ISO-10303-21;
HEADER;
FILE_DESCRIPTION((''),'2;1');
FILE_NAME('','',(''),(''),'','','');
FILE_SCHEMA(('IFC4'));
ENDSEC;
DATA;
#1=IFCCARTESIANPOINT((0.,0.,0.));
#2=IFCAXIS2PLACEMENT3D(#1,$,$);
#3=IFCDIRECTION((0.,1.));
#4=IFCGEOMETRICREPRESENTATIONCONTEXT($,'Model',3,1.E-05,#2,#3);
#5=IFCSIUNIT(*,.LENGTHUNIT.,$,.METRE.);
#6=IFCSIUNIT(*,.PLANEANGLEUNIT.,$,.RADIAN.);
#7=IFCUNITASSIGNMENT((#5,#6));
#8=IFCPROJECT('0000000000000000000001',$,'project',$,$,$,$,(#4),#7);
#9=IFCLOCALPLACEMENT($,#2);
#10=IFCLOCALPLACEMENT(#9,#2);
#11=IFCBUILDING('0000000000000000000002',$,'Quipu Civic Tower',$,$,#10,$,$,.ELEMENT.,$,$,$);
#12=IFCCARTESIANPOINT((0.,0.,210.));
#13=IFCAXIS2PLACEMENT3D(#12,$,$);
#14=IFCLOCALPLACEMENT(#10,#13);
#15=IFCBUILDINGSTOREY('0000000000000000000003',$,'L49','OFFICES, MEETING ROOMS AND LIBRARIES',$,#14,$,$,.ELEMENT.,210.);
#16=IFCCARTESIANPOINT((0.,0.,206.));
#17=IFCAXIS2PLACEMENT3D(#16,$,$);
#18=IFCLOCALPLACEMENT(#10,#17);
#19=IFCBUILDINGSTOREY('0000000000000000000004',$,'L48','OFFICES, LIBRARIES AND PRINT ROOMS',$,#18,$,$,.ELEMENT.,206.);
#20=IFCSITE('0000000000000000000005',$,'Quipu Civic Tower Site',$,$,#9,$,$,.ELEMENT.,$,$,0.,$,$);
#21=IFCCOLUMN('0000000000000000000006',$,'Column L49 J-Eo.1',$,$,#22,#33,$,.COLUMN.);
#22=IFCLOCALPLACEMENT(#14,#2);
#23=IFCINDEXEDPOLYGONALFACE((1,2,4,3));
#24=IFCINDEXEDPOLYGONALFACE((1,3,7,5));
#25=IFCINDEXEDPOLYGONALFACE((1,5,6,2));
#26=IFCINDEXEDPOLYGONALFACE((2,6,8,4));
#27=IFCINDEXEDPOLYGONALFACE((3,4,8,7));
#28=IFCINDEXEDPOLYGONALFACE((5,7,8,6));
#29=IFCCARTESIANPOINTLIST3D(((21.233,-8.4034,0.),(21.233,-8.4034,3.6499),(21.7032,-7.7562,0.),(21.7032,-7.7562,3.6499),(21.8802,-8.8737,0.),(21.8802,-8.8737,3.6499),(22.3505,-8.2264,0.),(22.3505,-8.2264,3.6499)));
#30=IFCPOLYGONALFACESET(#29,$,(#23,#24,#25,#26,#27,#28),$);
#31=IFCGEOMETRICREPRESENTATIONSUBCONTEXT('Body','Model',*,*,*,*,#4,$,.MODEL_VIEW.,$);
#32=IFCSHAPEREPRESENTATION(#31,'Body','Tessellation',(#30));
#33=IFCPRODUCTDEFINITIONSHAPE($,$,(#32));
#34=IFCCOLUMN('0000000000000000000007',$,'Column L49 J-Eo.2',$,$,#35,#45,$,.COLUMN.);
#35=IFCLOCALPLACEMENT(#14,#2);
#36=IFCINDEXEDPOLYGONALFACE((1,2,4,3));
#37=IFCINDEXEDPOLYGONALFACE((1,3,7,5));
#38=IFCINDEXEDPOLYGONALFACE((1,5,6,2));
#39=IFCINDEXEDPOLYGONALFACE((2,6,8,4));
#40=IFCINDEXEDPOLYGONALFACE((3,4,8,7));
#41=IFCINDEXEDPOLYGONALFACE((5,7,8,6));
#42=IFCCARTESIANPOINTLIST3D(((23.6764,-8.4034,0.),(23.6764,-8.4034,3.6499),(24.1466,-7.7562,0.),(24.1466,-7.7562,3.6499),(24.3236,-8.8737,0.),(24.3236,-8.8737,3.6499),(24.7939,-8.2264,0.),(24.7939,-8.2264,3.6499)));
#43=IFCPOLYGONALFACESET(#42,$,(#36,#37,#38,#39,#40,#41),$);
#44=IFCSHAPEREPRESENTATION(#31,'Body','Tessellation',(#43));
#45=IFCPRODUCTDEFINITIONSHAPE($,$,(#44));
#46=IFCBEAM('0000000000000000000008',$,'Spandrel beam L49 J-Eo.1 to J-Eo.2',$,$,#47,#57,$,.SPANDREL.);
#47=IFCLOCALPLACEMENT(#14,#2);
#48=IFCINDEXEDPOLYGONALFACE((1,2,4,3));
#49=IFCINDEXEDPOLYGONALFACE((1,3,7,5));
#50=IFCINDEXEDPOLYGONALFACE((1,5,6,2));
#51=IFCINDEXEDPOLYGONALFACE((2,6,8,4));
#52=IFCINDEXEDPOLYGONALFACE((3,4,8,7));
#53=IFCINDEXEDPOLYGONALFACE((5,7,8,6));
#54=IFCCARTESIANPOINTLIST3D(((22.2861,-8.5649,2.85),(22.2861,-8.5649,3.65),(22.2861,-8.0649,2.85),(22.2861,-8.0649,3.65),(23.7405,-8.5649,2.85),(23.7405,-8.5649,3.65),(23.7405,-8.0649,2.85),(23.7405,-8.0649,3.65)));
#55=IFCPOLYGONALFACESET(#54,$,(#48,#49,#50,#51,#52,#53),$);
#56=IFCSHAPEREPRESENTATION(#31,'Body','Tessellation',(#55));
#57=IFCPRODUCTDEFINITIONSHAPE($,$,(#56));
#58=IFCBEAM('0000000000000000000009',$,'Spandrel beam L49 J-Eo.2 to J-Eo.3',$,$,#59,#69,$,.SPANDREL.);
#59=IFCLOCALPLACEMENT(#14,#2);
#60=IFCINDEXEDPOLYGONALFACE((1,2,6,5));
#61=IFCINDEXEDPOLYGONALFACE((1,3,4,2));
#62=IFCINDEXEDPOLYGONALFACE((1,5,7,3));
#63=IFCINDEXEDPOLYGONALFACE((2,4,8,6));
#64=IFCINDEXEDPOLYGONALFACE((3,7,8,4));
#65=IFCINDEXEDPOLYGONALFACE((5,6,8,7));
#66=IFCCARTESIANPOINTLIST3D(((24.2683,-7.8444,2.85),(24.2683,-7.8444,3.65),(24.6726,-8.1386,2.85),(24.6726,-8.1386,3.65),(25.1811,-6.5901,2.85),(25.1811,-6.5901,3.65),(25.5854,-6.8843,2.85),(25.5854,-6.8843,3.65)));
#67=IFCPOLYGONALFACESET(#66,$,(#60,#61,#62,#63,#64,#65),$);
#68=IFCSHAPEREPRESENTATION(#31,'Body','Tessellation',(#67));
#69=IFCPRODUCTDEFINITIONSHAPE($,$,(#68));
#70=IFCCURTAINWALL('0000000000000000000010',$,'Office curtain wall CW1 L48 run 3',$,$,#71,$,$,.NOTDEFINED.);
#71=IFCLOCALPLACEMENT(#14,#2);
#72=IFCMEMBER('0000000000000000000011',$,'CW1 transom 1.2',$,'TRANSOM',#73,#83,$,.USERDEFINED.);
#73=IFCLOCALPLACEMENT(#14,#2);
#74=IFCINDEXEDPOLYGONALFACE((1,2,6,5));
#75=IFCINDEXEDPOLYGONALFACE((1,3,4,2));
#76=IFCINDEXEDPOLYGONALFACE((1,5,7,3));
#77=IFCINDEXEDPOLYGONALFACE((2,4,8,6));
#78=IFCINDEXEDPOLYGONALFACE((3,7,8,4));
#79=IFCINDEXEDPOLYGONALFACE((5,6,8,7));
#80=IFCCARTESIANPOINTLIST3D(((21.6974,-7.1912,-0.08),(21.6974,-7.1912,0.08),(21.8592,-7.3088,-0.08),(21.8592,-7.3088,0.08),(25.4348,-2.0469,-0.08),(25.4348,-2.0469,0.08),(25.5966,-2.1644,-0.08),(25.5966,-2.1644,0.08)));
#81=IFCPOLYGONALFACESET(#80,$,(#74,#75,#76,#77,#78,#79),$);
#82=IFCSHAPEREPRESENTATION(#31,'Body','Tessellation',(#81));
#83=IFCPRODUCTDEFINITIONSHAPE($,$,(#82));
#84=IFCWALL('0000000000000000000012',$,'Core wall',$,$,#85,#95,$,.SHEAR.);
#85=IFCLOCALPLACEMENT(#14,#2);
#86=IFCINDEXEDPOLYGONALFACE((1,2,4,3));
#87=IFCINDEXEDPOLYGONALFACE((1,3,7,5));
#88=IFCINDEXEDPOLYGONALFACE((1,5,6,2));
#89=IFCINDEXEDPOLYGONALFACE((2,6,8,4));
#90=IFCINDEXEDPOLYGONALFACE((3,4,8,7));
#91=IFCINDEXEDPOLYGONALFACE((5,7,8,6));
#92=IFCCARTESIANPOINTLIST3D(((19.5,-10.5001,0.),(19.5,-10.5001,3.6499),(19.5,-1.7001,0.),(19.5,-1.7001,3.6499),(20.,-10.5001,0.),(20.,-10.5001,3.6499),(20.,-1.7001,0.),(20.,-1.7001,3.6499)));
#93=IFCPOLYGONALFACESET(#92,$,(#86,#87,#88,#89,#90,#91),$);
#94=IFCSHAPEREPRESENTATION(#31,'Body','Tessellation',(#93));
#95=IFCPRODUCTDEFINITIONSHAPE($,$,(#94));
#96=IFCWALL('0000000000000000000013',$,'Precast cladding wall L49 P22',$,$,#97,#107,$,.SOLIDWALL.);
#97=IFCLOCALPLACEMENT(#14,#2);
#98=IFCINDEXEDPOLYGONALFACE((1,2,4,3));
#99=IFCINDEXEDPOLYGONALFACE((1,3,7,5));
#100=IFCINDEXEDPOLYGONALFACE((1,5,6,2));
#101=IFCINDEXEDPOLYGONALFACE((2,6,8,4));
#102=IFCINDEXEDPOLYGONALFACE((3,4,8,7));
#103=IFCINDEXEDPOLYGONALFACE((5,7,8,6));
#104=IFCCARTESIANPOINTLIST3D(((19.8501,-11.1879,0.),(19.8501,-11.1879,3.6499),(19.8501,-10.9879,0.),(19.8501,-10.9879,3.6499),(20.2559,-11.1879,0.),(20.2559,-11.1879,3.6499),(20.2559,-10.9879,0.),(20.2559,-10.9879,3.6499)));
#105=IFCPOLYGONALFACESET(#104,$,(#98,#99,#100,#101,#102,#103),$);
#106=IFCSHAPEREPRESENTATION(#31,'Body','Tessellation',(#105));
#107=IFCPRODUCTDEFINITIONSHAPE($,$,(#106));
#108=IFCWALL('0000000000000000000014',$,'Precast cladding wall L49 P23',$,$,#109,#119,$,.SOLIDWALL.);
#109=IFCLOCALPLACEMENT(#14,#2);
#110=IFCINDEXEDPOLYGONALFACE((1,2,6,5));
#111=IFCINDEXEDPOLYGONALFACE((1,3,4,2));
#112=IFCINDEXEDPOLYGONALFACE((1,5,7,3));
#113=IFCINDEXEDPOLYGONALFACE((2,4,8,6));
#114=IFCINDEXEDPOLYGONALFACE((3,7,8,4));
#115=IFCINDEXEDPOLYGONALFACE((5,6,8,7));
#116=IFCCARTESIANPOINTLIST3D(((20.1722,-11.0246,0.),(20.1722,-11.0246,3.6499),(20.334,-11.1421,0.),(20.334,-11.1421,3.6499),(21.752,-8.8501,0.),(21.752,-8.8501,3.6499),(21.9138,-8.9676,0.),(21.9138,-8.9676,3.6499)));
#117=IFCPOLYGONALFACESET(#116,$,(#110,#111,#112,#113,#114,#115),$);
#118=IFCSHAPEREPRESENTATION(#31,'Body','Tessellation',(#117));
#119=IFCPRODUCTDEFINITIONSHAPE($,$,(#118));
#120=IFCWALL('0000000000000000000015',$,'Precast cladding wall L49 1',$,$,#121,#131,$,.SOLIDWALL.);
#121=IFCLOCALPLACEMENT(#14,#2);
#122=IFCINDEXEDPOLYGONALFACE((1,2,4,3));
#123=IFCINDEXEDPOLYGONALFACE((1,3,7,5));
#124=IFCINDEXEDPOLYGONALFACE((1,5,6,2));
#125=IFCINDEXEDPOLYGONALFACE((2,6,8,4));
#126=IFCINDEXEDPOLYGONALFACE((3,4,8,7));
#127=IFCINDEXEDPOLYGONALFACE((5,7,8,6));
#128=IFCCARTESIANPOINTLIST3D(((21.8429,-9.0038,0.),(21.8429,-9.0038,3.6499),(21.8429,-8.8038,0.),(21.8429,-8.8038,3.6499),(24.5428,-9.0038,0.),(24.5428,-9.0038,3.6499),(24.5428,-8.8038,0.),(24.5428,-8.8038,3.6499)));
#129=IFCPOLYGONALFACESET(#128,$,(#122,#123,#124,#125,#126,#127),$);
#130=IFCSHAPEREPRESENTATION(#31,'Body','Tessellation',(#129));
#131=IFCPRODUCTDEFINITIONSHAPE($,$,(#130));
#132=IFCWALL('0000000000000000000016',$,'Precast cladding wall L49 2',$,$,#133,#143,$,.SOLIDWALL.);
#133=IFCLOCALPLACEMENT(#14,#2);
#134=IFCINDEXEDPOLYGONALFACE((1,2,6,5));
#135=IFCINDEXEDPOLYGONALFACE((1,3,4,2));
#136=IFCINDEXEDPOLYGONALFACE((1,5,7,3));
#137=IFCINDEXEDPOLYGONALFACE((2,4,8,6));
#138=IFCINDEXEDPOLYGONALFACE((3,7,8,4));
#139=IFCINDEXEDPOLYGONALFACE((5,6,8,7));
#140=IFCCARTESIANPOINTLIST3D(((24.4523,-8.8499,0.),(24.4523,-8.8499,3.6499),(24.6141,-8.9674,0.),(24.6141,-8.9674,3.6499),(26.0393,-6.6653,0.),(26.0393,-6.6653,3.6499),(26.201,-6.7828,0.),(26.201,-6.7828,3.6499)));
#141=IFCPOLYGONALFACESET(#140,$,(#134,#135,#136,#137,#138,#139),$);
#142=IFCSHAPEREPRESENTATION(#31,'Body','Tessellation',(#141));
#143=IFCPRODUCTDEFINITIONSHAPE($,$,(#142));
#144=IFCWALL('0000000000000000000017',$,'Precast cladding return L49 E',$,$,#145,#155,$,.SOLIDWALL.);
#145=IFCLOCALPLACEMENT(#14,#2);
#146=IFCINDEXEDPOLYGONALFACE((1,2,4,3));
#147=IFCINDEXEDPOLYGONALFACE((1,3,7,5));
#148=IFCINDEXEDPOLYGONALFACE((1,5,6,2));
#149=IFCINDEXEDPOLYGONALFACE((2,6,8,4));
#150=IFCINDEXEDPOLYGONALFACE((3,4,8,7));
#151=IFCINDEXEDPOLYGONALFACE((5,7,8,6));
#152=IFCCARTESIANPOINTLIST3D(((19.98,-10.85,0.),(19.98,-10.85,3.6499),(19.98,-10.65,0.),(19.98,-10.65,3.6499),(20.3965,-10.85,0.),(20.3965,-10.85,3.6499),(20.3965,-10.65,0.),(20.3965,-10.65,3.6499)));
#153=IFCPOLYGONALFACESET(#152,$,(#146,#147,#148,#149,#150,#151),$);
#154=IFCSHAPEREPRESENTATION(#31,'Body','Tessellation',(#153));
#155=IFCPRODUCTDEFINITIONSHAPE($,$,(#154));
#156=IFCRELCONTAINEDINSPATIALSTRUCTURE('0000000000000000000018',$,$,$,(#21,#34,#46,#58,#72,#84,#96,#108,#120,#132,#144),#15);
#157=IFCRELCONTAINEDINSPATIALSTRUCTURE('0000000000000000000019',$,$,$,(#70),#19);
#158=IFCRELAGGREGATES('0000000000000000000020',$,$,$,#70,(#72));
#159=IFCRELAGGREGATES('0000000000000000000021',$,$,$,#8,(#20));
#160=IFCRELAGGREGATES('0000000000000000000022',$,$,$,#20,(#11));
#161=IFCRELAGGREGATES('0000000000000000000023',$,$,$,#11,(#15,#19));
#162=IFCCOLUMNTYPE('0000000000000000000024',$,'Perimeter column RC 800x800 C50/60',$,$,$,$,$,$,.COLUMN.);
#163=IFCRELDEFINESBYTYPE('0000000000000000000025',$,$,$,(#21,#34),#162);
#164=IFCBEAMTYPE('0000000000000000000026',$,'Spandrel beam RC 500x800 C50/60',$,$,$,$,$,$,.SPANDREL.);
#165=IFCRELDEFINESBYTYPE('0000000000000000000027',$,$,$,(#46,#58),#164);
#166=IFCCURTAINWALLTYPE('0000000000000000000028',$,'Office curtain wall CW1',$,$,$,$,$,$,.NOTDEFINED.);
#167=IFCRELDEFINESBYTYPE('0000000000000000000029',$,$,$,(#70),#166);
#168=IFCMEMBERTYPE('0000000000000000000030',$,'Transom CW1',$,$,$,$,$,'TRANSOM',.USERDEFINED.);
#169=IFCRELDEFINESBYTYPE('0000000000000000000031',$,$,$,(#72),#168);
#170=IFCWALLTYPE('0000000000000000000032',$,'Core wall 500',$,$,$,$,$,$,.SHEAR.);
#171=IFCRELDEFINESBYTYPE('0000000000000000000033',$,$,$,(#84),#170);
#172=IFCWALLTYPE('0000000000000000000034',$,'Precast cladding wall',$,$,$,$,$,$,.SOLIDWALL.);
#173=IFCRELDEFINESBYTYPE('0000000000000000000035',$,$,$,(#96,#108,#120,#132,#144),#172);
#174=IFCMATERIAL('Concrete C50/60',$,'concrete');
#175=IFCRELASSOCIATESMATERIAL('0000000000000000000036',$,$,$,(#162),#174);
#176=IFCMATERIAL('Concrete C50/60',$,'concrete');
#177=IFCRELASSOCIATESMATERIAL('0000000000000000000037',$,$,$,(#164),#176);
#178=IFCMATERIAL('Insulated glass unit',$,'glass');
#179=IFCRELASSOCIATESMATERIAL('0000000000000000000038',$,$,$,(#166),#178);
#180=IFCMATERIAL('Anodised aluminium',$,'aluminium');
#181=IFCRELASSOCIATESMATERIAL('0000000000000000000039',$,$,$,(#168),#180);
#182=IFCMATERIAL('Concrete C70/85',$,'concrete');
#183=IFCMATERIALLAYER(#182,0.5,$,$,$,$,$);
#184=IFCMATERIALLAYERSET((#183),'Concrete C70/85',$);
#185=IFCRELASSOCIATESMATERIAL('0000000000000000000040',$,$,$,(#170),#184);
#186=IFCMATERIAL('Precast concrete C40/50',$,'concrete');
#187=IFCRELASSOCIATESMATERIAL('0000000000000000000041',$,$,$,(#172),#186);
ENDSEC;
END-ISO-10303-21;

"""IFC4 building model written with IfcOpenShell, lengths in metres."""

from ifc_helpers import new_model, si_unit, direction, frame, frame_2d, origin, origin_2d, place, context, subcontext, project, spatial, rectangle, extrude, material, layer, layer_set, material_profile, profile_set, type_object, element, aggregate, save


model = new_model("IFC4")

# Units and contexts
model_context = context("Model", 3, precision=1e-05, world=origin(), true_north=direction((0.0, 1.0)))
body_context = subcontext(model_context, "Body", "Model", "MODEL_VIEW")
ifc_project = project(units=[si_unit("LENGTHUNIT", "METRE"), si_unit("PLANEANGLEUNIT", "RADIAN")], contexts=[model_context])

# Site, building, storey
site_placement = place(None, origin())
site = spatial("IfcSite", under=ifc_project, at=site_placement, Name="Quipu Civic Tower Site", CompositionType="ELEMENT", RefElevation=0.0)
building_placement = place(site_placement, origin())
building = spatial("IfcBuilding", under=site, at=building_placement, Name="Quipu Civic Tower", CompositionType="ELEMENT")
storey_1_placement = place(building_placement, frame((0.0, 0.0, 210.0)))
storey_1 = spatial("IfcBuildingStorey", under=building, at=storey_1_placement, Name="L49", Description="OFFICES, MEETING ROOMS AND LIBRARIES", CompositionType="ELEMENT", Elevation=210.0)

# Columns
ifc_material_1 = material(Name="Concrete C50/60", Category="concrete")
ifc_material_profile_1 = material_profile(ifc_material_1, rectangle(XDim=0.8, YDim=0.8, at=origin_2d()), Name="RC800x800")
ifc_profile_set_1 = profile_set([ifc_material_profile_1], Name="Concrete C50/60")
column_type = type_object("IfcColumnType", Name="Perimeter column RC 800x800 C50/60", PredefinedType="COLUMN", material=ifc_profile_set_1)
for number, where, z_axis, x_axis, name in (
    (1, (21.7917, -8.3149, 0.0), (0.0, 0.0, 1.0), (0.587785, 0.809017, 0.0), "Column L49 J-Eo.1"),
    (2, (24.2351, -8.3149, 0.0), (0.0, 0.0, 1.0), (0.587785, 0.809017, 0.0), "Column L49 J-Eo.2"),
):
    element("IfcColumn", number, at=place(storey_1_placement, frame(where, z_axis=z_axis, x_axis=x_axis)), inside=storey_1, type_object=column_type, Name=name, PredefinedType="COLUMN", context=body_context, shape_type="SweptSolid", body=[
        extrude(rectangle(XDim=0.8, YDim=0.8, at=origin_2d()), origin(), (0.0, 0.0, 1.0), 3.6499),
    ])

# Beams
ifc_material_2 = material(Name="Concrete C50/60", Category="concrete")
ifc_material_profile_2 = material_profile(ifc_material_2, rectangle(XDim=0.5, YDim=0.8, at=origin_2d()), Name="RC500x800")
ifc_profile_set_2 = profile_set([ifc_material_profile_2], Name="Concrete C50/60")
beam_type = type_object("IfcBeamType", Name="Spandrel beam RC 500x800 C50/60", PredefinedType="SPANDREL", material=ifc_profile_set_2)
beam_1_placement = place(storey_1_placement, frame((22.2861, -8.3149, 3.25), z_axis=(1.0, 0.0, 0.0), x_axis=(0.0, 1.0, 0.0)))
element("IfcBeam", 3, at=beam_1_placement, inside=storey_1, type_object=beam_type, Name="Spandrel beam L49 J-Eo.1 to J-Eo.2", PredefinedType="SPANDREL", context=body_context, shape_type="SweptSolid", body=[
    extrude(rectangle(XDim=0.5, YDim=0.8, at=origin_2d()), origin(), (0.0, 0.0, 1.0), 1.4543),
])
beam_2_placement = place(storey_1_placement, frame((24.4705, -7.9915, 3.25), z_axis=(0.588406, 0.808566, 0.0), x_axis=(-0.808566, 0.588406, 0.0)))
element("IfcBeam", 4, at=beam_2_placement, inside=storey_1, type_object=beam_type, Name="Spandrel beam L49 J-Eo.2 to J-Eo.3", PredefinedType="SPANDREL", context=body_context, shape_type="SweptSolid", body=[
    extrude(rectangle(XDim=0.5, YDim=0.8, at=origin_2d()), origin(), (0.0, 0.0, 1.0), 1.5513),
])

# Shared definitions
storey_2_placement = place(building_placement, frame((0.0, 0.0, 206.0)))
storey_2 = spatial("IfcBuildingStorey", under=building, at=storey_2_placement, Name="L48", Description="OFFICES, LIBRARIES AND PRINT ROOMS", CompositionType="ELEMENT", Elevation=206.0)

# Curtain wall, member
ifc_material_3 = material(Name="Insulated glass unit", Category="glass")
curtain_wall_type = type_object("IfcCurtainWallType", Name="Office curtain wall CW1", PredefinedType="NOTDEFINED", material=ifc_material_3)
curtain_wall_placement = place(storey_2_placement, origin())
curtain_wall = element("IfcCurtainWall", 5, at=curtain_wall_placement, inside=storey_2, type_object=curtain_wall_type, Name="Office curtain wall CW1 L48 run 3", PredefinedType="NOTDEFINED")
ifc_material_4 = material(Name="Anodised aluminium", Category="aluminium")
ifc_material_profile_3 = material_profile(ifc_material_4, rectangle(XDim=0.2, YDim=0.1599, at=origin_2d()), Name="RECT 200x160")
ifc_profile_set_3 = profile_set([ifc_material_profile_3], Name="Anodised aluminium")
member_type = type_object("IfcMemberType", Name="Transom CW1", ElementType="TRANSOM", PredefinedType="USERDEFINED", material=ifc_profile_set_3)
member_placement = place(storey_1_placement, frame((21.7783, -7.25, 0.0), z_axis=(0.587761, 0.809035, 0.0), x_axis=(-0.809035, 0.587761, 0.0)))
member = element("IfcMember", 6, at=member_placement, inside=storey_1, type_object=member_type, Name="CW1 transom 1.2", ObjectType="TRANSOM", PredefinedType="USERDEFINED", context=body_context, shape_type="SweptSolid", body=[
    extrude(rectangle(XDim=0.2, YDim=0.1599, at=origin_2d()), origin(), (0.0, 0.0, 1.0), 6.3586),
])
aggregate(curtain_wall, [member])

# Walls
ifc_material_5 = material(Name="Concrete C70/85", Category="concrete")
ifc_layer = layer(ifc_material_5, 0.5)
ifc_layer_set = layer_set([ifc_layer], Name="Concrete C70/85")
wall_type_1 = type_object("IfcWallType", Name="Core wall 500", PredefinedType="SHEAR", material=ifc_layer_set)
wall_1_placement = place(storey_1_placement, frame((19.75, -10.5, 0.0), z_axis=(0.0, 0.0, 1.0), x_axis=(0.0, 1.0, 0.0)))
element("IfcWall", 7, at=wall_1_placement, inside=storey_1, type_object=wall_type_1, Name="Core wall", PredefinedType="SHEAR", context=body_context, shape_type="SweptSolid", body=[
    extrude(rectangle(XDim=8.8, YDim=0.5, at=frame_2d((4.3999, 0.0))), origin(), (0.0, 0.0, 1.0), 3.6499),
])
ifc_material_6 = material(Name="Precast concrete C40/50", Category="concrete")
wall_type_2 = type_object("IfcWallType", Name="Precast cladding wall", PredefinedType="SOLIDWALL", material=ifc_material_6)
wall_2_placement = place(storey_1_placement, frame((19.8501, -11.0879, 0.0), z_axis=(0.0, 0.0, 1.0), x_axis=(1.0, 0.0, 0.0)))
element("IfcWall", 8, at=wall_2_placement, inside=storey_1, type_object=wall_type_2, Name="Precast cladding wall L49 P22", PredefinedType="SOLIDWALL", context=body_context, shape_type="SweptSolid", body=[
    extrude(rectangle(XDim=0.4058, YDim=0.2, at=frame_2d((0.2029, 0.0))), origin(), (0.0, 0.0, 1.0), 3.6499),
])
wall_3_placement = place(storey_1_placement, frame((20.2532, -11.0833, 0.0), z_axis=(0.0, 0.0, 1.0), x_axis=(0.587767, 0.809031, 0.0)))
element("IfcWall", 9, at=wall_3_placement, inside=storey_1, type_object=wall_type_2, Name="Precast cladding wall L49 P23", PredefinedType="SOLIDWALL", context=body_context, shape_type="SweptSolid", body=[
    extrude(rectangle(XDim=2.6877, YDim=0.2, at=frame_2d((1.3438, 0.0))), origin(), (0.0, 0.0, 1.0), 3.6499),
])
wall_4_placement = place(storey_1_placement, frame((21.8428, -8.9038, 0.0), z_axis=(0.0, 0.0, 1.0), x_axis=(1.0, 0.0, 0.0)))
element("IfcWall", 10, at=wall_4_placement, inside=storey_1, type_object=wall_type_2, Name="Precast cladding wall L49 1", PredefinedType="SOLIDWALL", context=body_context, shape_type="SweptSolid", body=[
    extrude(rectangle(XDim=2.7, YDim=0.2, at=frame_2d((1.3501, 0.0))), origin(), (0.0, 0.0, 1.0), 3.6499),
])
wall_5_placement = place(storey_1_placement, frame((24.5332, -8.9087, 0.0), z_axis=(0.0, 0.0, 1.0), x_axis=(0.58772, 0.809064, 0.0)))
element("IfcWall", 11, at=wall_5_placement, inside=storey_1, type_object=wall_type_2, Name="Precast cladding wall L49 2", PredefinedType="SOLIDWALL", context=body_context, shape_type="SweptSolid", body=[
    extrude(rectangle(XDim=2.7002, YDim=0.2, at=frame_2d((1.3501, 0.0))), origin(), (0.0, 0.0, 1.0), 3.6499),
])
wall_6_placement = place(storey_1_placement, frame((19.98, -10.75, 0.0), z_axis=(0.0, 0.0, 1.0), x_axis=(1.0, 0.0, 0.0)))
element("IfcWall", 12, at=wall_6_placement, inside=storey_1, type_object=wall_type_2, Name="Precast cladding return L49 E", PredefinedType="SOLIDWALL", context=body_context, shape_type="SweptSolid", body=[
    extrude(rectangle(XDim=0.4165, YDim=0.2, at=frame_2d((0.2083, 0.0))), origin(), (0.0, 0.0, 1.0), 3.6499),
])

save(model, "model.ifc")
